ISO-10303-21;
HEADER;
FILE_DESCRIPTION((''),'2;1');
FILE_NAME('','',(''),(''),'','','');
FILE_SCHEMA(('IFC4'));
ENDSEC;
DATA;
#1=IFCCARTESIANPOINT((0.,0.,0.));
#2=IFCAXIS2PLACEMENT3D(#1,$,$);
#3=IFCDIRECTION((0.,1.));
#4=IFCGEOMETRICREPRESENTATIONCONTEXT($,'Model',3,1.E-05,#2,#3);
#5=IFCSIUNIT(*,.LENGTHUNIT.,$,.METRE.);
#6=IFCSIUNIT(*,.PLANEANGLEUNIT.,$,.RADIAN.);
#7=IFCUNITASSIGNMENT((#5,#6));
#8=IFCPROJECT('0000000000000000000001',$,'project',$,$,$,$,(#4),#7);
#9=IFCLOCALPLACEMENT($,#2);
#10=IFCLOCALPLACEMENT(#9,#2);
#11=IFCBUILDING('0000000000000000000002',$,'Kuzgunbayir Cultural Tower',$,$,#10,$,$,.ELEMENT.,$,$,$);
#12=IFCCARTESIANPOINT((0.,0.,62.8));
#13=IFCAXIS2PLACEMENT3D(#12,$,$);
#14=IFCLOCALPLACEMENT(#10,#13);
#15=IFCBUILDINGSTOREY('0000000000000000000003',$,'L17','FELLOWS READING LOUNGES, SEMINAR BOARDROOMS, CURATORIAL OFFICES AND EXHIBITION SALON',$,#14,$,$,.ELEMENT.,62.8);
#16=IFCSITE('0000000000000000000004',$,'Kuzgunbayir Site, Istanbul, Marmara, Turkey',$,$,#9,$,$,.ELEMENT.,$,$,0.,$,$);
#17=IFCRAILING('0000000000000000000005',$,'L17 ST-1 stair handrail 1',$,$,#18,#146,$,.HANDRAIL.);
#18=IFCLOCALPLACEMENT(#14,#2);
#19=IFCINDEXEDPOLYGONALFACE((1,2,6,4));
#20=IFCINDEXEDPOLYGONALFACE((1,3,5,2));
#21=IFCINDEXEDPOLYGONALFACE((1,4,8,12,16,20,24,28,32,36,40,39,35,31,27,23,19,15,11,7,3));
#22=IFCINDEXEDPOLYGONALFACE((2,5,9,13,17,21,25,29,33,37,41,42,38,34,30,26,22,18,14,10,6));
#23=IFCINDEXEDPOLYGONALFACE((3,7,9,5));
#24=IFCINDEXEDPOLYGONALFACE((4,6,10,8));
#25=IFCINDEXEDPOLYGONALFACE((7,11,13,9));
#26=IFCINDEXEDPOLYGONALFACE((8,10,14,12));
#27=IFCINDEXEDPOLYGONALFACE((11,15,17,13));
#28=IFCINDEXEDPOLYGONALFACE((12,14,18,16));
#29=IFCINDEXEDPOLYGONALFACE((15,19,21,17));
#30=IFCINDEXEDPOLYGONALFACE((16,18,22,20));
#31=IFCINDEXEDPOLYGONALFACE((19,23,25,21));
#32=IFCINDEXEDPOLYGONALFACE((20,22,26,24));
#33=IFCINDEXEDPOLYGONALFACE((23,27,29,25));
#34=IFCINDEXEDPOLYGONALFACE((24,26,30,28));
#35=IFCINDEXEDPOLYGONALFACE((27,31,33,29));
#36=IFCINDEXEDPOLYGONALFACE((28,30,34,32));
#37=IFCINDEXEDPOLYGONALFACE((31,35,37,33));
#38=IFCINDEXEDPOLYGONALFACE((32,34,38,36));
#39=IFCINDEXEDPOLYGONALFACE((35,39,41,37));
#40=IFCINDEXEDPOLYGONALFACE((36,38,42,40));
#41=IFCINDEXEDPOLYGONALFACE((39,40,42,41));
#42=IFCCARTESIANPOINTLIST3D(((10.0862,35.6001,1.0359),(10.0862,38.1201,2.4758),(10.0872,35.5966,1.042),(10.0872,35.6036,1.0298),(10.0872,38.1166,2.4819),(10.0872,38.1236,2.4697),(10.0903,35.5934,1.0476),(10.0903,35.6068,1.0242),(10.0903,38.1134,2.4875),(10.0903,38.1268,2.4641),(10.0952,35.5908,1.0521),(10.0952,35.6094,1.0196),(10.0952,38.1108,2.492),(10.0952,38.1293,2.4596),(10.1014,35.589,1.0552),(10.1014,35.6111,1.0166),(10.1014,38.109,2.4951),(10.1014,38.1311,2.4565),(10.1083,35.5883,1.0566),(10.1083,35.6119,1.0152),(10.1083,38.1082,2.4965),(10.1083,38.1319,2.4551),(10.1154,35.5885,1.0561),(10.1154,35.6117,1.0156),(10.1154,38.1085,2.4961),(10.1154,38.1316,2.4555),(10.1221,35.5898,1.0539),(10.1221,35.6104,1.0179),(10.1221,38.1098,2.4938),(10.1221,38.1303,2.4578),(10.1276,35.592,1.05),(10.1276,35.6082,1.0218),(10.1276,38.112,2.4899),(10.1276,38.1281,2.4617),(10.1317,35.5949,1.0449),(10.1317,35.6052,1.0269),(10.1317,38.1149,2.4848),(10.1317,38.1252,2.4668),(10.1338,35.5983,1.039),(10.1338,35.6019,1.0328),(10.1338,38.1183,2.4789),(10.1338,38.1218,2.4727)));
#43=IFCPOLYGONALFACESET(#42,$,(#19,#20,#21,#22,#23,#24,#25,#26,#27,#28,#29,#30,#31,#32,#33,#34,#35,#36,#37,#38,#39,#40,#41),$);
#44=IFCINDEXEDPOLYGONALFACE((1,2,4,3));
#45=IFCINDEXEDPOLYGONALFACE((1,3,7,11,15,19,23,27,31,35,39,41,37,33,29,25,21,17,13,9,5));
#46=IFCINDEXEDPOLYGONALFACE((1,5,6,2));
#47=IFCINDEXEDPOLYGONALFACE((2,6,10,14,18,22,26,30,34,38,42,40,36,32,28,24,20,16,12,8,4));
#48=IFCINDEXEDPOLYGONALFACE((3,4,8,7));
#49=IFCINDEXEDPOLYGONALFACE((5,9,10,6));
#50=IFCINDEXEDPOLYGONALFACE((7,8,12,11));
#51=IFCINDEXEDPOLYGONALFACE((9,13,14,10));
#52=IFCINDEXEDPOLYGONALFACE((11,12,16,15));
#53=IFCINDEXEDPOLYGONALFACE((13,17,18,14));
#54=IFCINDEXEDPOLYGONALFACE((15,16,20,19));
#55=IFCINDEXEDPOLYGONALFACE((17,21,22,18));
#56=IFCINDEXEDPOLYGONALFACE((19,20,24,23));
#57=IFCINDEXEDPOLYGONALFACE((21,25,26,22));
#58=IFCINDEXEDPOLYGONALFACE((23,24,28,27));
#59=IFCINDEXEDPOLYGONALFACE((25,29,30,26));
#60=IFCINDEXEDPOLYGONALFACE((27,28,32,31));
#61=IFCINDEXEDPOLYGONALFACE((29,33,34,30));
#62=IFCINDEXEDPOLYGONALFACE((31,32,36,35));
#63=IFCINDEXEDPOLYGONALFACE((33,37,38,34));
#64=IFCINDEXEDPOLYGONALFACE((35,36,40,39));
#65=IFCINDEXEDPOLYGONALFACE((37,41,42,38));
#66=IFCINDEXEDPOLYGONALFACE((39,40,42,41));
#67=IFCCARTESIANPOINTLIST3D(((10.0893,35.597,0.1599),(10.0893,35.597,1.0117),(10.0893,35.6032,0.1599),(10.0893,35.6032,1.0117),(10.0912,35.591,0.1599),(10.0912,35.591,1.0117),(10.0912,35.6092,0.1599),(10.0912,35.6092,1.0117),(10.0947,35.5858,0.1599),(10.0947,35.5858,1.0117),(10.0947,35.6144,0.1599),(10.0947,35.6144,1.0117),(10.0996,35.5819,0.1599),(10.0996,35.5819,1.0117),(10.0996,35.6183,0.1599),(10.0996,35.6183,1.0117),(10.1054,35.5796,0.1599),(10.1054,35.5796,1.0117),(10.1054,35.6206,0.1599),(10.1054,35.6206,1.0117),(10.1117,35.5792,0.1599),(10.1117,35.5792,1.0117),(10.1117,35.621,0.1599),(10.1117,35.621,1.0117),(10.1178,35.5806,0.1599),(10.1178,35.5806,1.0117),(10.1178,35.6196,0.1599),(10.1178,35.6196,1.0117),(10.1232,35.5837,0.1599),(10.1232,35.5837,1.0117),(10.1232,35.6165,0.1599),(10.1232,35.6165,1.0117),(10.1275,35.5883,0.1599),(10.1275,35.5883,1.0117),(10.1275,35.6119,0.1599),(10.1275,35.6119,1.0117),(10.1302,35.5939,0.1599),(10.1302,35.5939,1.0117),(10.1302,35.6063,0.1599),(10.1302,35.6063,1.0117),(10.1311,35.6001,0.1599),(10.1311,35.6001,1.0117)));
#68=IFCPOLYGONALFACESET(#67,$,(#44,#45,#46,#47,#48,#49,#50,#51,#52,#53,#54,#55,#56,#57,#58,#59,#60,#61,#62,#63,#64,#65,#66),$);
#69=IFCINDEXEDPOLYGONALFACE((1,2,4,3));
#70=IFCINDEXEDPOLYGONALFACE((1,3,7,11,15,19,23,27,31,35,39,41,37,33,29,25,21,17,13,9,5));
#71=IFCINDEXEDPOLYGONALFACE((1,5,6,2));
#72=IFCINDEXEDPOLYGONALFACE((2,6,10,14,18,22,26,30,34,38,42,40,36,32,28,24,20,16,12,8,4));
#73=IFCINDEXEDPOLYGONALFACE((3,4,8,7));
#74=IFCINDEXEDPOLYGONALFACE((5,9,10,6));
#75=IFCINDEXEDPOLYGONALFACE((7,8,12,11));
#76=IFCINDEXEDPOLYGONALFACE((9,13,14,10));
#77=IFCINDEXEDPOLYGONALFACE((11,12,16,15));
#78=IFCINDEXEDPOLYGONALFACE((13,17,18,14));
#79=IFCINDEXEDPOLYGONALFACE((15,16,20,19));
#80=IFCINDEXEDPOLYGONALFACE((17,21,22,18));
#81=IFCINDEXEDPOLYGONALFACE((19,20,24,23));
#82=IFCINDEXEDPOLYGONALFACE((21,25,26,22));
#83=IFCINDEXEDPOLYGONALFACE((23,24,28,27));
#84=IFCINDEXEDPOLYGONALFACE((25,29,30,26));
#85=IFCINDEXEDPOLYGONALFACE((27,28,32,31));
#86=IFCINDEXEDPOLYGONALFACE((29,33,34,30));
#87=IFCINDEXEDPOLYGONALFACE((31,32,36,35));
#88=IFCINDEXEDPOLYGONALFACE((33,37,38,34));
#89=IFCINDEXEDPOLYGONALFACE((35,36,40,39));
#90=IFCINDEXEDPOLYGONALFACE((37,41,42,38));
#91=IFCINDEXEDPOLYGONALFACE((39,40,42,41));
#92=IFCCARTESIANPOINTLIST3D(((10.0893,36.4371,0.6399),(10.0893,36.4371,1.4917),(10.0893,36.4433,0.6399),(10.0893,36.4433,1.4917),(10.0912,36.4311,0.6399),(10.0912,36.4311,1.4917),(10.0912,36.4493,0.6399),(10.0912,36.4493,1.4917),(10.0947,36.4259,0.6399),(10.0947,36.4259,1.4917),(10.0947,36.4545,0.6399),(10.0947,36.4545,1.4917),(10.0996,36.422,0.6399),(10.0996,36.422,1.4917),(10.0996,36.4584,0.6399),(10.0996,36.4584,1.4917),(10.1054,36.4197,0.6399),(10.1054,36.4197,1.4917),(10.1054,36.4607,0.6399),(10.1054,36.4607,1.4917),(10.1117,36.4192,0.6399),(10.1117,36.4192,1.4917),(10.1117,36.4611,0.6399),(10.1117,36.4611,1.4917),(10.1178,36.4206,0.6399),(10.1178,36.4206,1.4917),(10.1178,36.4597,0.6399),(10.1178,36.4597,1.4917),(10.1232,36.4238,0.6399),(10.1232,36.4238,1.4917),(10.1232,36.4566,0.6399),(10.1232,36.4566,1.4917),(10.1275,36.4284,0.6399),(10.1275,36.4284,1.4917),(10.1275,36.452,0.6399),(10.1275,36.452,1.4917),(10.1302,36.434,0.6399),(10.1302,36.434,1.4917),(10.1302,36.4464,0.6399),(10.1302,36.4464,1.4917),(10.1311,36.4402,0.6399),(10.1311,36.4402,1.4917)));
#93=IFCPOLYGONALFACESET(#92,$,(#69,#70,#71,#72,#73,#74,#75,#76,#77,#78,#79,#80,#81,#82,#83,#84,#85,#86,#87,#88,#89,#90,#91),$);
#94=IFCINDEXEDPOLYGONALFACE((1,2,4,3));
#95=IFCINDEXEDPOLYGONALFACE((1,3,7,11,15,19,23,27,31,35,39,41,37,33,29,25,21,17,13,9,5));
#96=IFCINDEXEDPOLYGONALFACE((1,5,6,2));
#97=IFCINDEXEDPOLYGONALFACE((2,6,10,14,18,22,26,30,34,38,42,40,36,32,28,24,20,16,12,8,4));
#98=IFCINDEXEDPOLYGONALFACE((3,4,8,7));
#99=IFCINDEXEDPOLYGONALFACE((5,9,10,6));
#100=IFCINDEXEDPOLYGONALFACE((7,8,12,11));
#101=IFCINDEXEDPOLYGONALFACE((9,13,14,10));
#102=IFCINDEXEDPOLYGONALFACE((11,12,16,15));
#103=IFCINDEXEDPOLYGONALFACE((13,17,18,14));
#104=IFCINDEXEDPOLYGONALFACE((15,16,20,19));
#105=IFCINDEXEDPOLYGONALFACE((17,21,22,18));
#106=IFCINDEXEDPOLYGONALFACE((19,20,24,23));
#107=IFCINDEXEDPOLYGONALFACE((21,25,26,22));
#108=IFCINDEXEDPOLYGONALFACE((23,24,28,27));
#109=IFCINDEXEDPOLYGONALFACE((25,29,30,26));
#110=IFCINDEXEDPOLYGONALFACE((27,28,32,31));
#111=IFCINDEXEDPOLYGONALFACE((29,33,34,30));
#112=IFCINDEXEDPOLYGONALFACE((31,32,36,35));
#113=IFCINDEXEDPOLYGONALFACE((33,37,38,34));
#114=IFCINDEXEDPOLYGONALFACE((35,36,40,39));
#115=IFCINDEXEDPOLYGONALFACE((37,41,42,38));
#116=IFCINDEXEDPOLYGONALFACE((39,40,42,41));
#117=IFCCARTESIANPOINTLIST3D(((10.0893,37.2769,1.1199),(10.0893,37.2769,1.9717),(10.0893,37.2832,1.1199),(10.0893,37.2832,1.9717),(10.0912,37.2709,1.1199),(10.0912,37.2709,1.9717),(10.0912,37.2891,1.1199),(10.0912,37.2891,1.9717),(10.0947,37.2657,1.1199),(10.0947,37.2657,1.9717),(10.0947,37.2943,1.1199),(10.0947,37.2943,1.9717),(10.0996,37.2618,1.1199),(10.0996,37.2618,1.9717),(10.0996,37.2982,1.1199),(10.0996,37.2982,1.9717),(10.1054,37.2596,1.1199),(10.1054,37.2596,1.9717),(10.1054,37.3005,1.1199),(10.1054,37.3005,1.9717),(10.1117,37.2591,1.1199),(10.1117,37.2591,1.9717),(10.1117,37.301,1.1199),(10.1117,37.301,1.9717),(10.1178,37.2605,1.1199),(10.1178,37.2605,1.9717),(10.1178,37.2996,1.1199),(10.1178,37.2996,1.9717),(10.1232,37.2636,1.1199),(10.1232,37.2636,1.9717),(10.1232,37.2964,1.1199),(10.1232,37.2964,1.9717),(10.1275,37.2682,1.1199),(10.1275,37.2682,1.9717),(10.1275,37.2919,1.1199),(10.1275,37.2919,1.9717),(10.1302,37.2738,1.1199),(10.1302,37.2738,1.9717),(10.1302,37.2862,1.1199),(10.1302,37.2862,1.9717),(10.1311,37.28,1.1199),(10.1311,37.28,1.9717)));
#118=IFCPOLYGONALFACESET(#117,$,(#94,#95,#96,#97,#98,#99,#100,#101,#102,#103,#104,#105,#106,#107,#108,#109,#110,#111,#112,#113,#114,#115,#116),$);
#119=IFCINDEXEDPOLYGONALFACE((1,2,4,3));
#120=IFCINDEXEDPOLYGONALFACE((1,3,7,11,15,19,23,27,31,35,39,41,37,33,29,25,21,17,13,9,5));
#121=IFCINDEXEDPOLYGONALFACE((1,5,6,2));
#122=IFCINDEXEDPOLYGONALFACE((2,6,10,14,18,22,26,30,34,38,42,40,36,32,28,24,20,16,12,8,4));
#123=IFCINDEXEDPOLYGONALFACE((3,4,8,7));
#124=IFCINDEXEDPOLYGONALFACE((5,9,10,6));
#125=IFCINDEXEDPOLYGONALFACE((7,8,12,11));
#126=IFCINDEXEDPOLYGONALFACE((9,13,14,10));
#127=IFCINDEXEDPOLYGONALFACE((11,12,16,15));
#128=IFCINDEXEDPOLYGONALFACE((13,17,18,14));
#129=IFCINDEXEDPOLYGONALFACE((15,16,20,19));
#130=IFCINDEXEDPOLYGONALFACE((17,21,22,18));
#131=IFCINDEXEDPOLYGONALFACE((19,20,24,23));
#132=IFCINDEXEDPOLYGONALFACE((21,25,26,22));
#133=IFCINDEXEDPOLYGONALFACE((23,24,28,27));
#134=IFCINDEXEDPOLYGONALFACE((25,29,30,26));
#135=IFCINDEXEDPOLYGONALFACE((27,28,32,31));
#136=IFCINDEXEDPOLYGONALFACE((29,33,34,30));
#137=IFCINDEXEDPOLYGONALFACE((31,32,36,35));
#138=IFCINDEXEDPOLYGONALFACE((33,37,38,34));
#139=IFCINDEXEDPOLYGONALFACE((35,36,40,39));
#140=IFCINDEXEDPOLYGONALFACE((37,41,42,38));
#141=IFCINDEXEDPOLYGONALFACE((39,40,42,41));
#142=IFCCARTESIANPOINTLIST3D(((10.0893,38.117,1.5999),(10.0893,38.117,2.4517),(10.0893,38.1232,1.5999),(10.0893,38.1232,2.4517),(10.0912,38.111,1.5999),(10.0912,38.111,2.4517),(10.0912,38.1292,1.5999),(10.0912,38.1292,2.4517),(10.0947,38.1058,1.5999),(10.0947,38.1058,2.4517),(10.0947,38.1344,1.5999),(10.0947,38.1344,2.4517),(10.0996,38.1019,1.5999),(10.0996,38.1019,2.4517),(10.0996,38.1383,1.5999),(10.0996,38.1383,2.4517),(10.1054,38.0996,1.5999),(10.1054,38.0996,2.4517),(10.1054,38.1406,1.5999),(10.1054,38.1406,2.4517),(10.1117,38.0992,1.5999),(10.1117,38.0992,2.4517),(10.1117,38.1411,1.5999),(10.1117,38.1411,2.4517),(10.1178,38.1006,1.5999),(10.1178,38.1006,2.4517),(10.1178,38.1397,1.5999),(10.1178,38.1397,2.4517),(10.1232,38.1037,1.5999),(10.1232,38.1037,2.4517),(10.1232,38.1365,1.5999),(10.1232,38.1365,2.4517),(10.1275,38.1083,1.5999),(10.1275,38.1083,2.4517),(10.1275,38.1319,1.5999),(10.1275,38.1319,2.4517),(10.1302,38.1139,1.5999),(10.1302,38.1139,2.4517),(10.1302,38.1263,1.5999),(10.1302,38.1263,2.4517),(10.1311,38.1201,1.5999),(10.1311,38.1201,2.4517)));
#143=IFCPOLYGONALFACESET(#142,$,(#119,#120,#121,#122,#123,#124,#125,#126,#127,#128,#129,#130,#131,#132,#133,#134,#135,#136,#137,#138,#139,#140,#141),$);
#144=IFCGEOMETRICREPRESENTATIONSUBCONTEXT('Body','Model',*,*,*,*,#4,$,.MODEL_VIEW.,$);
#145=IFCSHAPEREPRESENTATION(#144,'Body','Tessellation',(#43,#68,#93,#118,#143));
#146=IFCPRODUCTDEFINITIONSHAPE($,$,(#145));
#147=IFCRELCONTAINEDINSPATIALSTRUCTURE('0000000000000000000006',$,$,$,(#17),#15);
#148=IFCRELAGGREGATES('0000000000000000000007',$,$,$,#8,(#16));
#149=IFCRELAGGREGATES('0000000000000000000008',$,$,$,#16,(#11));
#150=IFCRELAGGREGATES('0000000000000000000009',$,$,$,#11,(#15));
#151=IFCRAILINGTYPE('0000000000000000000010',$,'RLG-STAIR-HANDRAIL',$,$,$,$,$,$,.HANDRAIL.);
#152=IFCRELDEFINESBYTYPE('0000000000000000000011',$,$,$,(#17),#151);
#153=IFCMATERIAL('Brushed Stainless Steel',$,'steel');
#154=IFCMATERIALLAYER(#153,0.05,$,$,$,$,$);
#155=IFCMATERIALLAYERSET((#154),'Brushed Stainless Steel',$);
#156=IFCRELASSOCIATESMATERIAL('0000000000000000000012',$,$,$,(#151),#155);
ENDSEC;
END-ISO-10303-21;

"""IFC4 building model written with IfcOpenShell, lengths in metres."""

from ifc_helpers import new_model, si_unit, direction, frame, origin, origin_2d, place, context, subcontext, project, spatial, circle, extrude, material, layer, layer_set, type_object, element, save


model = new_model("IFC4")

# Units and contexts
model_context = context("Model", 3, precision=1e-05, world=origin(), true_north=direction((0.0, 1.0)))
body_context = subcontext(model_context, "Body", "Model", "MODEL_VIEW")
ifc_project = project(units=[si_unit("LENGTHUNIT", "METRE"), si_unit("PLANEANGLEUNIT", "RADIAN")], contexts=[model_context])

# Site, building, storey
site_placement = place(None, origin())
site = spatial("IfcSite", under=ifc_project, at=site_placement, Name="Kuzgunbayir Site, Istanbul, Marmara, Turkey", CompositionType="ELEMENT", RefElevation=0.0)
building_placement = place(site_placement, origin())
building = spatial("IfcBuilding", under=site, at=building_placement, Name="Kuzgunbayir Cultural Tower", CompositionType="ELEMENT")
storey_placement = place(building_placement, frame((0.0, 0.0, 62.8)))
storey = spatial("IfcBuildingStorey", under=building, at=storey_placement, Name="L17", Description="FELLOWS READING LOUNGES, SEMINAR BOARDROOMS, CURATORIAL OFFICES AND EXHIBITION SALON", CompositionType="ELEMENT", Elevation=62.8)

# Shared definitions
ifc_material_1 = material(Name="Brushed Stainless Steel", Category="steel")

# Railing
ifc_layer_1 = layer(ifc_material_1, 0.05)
ifc_layer_set_1 = layer_set([ifc_layer_1], Name="Brushed Stainless Steel")
railing_type = type_object("IfcRailingType", Name="RLG-STAIR-HANDRAIL", PredefinedType="HANDRAIL", material=ifc_layer_set_1)
railing_placement = place(storey_placement, frame((10.1101, 35.6001, 0.1599)))
element("IfcRailing", 1, at=railing_placement, inside=storey, type_object=railing_type, Name="L17 ST-1 stair handrail 1", PredefinedType="HANDRAIL", context=body_context, shape_type="SweptSolid", body=[
    extrude(circle(Radius=0.0239, at=origin_2d()), frame((0.0, 0.0, 0.876), z_axis=(0.0, 0.868253, 0.496121), x_axis=(-1.0, 0.0, 0.0)), (0.0, 0.0, 1.0), 2.9023),
    extrude(circle(Radius=0.021, at=origin_2d()), origin(), (0.0, 0.0, 1.0), 0.8518),
    extrude(circle(Radius=0.021, at=origin_2d()), frame((0.0, 0.8401, 0.48)), (0.0, 0.0, 1.0), 0.8518),
    extrude(circle(Radius=0.021, at=origin_2d()), frame((0.0, 1.6799, 0.96)), (0.0, 0.0, 1.0), 0.8518),
    extrude(circle(Radius=0.021, at=origin_2d()), frame((0.0, 2.52, 1.4399)), (0.0, 0.0, 1.0), 0.8518),
])

save(model, "model.ifc")
